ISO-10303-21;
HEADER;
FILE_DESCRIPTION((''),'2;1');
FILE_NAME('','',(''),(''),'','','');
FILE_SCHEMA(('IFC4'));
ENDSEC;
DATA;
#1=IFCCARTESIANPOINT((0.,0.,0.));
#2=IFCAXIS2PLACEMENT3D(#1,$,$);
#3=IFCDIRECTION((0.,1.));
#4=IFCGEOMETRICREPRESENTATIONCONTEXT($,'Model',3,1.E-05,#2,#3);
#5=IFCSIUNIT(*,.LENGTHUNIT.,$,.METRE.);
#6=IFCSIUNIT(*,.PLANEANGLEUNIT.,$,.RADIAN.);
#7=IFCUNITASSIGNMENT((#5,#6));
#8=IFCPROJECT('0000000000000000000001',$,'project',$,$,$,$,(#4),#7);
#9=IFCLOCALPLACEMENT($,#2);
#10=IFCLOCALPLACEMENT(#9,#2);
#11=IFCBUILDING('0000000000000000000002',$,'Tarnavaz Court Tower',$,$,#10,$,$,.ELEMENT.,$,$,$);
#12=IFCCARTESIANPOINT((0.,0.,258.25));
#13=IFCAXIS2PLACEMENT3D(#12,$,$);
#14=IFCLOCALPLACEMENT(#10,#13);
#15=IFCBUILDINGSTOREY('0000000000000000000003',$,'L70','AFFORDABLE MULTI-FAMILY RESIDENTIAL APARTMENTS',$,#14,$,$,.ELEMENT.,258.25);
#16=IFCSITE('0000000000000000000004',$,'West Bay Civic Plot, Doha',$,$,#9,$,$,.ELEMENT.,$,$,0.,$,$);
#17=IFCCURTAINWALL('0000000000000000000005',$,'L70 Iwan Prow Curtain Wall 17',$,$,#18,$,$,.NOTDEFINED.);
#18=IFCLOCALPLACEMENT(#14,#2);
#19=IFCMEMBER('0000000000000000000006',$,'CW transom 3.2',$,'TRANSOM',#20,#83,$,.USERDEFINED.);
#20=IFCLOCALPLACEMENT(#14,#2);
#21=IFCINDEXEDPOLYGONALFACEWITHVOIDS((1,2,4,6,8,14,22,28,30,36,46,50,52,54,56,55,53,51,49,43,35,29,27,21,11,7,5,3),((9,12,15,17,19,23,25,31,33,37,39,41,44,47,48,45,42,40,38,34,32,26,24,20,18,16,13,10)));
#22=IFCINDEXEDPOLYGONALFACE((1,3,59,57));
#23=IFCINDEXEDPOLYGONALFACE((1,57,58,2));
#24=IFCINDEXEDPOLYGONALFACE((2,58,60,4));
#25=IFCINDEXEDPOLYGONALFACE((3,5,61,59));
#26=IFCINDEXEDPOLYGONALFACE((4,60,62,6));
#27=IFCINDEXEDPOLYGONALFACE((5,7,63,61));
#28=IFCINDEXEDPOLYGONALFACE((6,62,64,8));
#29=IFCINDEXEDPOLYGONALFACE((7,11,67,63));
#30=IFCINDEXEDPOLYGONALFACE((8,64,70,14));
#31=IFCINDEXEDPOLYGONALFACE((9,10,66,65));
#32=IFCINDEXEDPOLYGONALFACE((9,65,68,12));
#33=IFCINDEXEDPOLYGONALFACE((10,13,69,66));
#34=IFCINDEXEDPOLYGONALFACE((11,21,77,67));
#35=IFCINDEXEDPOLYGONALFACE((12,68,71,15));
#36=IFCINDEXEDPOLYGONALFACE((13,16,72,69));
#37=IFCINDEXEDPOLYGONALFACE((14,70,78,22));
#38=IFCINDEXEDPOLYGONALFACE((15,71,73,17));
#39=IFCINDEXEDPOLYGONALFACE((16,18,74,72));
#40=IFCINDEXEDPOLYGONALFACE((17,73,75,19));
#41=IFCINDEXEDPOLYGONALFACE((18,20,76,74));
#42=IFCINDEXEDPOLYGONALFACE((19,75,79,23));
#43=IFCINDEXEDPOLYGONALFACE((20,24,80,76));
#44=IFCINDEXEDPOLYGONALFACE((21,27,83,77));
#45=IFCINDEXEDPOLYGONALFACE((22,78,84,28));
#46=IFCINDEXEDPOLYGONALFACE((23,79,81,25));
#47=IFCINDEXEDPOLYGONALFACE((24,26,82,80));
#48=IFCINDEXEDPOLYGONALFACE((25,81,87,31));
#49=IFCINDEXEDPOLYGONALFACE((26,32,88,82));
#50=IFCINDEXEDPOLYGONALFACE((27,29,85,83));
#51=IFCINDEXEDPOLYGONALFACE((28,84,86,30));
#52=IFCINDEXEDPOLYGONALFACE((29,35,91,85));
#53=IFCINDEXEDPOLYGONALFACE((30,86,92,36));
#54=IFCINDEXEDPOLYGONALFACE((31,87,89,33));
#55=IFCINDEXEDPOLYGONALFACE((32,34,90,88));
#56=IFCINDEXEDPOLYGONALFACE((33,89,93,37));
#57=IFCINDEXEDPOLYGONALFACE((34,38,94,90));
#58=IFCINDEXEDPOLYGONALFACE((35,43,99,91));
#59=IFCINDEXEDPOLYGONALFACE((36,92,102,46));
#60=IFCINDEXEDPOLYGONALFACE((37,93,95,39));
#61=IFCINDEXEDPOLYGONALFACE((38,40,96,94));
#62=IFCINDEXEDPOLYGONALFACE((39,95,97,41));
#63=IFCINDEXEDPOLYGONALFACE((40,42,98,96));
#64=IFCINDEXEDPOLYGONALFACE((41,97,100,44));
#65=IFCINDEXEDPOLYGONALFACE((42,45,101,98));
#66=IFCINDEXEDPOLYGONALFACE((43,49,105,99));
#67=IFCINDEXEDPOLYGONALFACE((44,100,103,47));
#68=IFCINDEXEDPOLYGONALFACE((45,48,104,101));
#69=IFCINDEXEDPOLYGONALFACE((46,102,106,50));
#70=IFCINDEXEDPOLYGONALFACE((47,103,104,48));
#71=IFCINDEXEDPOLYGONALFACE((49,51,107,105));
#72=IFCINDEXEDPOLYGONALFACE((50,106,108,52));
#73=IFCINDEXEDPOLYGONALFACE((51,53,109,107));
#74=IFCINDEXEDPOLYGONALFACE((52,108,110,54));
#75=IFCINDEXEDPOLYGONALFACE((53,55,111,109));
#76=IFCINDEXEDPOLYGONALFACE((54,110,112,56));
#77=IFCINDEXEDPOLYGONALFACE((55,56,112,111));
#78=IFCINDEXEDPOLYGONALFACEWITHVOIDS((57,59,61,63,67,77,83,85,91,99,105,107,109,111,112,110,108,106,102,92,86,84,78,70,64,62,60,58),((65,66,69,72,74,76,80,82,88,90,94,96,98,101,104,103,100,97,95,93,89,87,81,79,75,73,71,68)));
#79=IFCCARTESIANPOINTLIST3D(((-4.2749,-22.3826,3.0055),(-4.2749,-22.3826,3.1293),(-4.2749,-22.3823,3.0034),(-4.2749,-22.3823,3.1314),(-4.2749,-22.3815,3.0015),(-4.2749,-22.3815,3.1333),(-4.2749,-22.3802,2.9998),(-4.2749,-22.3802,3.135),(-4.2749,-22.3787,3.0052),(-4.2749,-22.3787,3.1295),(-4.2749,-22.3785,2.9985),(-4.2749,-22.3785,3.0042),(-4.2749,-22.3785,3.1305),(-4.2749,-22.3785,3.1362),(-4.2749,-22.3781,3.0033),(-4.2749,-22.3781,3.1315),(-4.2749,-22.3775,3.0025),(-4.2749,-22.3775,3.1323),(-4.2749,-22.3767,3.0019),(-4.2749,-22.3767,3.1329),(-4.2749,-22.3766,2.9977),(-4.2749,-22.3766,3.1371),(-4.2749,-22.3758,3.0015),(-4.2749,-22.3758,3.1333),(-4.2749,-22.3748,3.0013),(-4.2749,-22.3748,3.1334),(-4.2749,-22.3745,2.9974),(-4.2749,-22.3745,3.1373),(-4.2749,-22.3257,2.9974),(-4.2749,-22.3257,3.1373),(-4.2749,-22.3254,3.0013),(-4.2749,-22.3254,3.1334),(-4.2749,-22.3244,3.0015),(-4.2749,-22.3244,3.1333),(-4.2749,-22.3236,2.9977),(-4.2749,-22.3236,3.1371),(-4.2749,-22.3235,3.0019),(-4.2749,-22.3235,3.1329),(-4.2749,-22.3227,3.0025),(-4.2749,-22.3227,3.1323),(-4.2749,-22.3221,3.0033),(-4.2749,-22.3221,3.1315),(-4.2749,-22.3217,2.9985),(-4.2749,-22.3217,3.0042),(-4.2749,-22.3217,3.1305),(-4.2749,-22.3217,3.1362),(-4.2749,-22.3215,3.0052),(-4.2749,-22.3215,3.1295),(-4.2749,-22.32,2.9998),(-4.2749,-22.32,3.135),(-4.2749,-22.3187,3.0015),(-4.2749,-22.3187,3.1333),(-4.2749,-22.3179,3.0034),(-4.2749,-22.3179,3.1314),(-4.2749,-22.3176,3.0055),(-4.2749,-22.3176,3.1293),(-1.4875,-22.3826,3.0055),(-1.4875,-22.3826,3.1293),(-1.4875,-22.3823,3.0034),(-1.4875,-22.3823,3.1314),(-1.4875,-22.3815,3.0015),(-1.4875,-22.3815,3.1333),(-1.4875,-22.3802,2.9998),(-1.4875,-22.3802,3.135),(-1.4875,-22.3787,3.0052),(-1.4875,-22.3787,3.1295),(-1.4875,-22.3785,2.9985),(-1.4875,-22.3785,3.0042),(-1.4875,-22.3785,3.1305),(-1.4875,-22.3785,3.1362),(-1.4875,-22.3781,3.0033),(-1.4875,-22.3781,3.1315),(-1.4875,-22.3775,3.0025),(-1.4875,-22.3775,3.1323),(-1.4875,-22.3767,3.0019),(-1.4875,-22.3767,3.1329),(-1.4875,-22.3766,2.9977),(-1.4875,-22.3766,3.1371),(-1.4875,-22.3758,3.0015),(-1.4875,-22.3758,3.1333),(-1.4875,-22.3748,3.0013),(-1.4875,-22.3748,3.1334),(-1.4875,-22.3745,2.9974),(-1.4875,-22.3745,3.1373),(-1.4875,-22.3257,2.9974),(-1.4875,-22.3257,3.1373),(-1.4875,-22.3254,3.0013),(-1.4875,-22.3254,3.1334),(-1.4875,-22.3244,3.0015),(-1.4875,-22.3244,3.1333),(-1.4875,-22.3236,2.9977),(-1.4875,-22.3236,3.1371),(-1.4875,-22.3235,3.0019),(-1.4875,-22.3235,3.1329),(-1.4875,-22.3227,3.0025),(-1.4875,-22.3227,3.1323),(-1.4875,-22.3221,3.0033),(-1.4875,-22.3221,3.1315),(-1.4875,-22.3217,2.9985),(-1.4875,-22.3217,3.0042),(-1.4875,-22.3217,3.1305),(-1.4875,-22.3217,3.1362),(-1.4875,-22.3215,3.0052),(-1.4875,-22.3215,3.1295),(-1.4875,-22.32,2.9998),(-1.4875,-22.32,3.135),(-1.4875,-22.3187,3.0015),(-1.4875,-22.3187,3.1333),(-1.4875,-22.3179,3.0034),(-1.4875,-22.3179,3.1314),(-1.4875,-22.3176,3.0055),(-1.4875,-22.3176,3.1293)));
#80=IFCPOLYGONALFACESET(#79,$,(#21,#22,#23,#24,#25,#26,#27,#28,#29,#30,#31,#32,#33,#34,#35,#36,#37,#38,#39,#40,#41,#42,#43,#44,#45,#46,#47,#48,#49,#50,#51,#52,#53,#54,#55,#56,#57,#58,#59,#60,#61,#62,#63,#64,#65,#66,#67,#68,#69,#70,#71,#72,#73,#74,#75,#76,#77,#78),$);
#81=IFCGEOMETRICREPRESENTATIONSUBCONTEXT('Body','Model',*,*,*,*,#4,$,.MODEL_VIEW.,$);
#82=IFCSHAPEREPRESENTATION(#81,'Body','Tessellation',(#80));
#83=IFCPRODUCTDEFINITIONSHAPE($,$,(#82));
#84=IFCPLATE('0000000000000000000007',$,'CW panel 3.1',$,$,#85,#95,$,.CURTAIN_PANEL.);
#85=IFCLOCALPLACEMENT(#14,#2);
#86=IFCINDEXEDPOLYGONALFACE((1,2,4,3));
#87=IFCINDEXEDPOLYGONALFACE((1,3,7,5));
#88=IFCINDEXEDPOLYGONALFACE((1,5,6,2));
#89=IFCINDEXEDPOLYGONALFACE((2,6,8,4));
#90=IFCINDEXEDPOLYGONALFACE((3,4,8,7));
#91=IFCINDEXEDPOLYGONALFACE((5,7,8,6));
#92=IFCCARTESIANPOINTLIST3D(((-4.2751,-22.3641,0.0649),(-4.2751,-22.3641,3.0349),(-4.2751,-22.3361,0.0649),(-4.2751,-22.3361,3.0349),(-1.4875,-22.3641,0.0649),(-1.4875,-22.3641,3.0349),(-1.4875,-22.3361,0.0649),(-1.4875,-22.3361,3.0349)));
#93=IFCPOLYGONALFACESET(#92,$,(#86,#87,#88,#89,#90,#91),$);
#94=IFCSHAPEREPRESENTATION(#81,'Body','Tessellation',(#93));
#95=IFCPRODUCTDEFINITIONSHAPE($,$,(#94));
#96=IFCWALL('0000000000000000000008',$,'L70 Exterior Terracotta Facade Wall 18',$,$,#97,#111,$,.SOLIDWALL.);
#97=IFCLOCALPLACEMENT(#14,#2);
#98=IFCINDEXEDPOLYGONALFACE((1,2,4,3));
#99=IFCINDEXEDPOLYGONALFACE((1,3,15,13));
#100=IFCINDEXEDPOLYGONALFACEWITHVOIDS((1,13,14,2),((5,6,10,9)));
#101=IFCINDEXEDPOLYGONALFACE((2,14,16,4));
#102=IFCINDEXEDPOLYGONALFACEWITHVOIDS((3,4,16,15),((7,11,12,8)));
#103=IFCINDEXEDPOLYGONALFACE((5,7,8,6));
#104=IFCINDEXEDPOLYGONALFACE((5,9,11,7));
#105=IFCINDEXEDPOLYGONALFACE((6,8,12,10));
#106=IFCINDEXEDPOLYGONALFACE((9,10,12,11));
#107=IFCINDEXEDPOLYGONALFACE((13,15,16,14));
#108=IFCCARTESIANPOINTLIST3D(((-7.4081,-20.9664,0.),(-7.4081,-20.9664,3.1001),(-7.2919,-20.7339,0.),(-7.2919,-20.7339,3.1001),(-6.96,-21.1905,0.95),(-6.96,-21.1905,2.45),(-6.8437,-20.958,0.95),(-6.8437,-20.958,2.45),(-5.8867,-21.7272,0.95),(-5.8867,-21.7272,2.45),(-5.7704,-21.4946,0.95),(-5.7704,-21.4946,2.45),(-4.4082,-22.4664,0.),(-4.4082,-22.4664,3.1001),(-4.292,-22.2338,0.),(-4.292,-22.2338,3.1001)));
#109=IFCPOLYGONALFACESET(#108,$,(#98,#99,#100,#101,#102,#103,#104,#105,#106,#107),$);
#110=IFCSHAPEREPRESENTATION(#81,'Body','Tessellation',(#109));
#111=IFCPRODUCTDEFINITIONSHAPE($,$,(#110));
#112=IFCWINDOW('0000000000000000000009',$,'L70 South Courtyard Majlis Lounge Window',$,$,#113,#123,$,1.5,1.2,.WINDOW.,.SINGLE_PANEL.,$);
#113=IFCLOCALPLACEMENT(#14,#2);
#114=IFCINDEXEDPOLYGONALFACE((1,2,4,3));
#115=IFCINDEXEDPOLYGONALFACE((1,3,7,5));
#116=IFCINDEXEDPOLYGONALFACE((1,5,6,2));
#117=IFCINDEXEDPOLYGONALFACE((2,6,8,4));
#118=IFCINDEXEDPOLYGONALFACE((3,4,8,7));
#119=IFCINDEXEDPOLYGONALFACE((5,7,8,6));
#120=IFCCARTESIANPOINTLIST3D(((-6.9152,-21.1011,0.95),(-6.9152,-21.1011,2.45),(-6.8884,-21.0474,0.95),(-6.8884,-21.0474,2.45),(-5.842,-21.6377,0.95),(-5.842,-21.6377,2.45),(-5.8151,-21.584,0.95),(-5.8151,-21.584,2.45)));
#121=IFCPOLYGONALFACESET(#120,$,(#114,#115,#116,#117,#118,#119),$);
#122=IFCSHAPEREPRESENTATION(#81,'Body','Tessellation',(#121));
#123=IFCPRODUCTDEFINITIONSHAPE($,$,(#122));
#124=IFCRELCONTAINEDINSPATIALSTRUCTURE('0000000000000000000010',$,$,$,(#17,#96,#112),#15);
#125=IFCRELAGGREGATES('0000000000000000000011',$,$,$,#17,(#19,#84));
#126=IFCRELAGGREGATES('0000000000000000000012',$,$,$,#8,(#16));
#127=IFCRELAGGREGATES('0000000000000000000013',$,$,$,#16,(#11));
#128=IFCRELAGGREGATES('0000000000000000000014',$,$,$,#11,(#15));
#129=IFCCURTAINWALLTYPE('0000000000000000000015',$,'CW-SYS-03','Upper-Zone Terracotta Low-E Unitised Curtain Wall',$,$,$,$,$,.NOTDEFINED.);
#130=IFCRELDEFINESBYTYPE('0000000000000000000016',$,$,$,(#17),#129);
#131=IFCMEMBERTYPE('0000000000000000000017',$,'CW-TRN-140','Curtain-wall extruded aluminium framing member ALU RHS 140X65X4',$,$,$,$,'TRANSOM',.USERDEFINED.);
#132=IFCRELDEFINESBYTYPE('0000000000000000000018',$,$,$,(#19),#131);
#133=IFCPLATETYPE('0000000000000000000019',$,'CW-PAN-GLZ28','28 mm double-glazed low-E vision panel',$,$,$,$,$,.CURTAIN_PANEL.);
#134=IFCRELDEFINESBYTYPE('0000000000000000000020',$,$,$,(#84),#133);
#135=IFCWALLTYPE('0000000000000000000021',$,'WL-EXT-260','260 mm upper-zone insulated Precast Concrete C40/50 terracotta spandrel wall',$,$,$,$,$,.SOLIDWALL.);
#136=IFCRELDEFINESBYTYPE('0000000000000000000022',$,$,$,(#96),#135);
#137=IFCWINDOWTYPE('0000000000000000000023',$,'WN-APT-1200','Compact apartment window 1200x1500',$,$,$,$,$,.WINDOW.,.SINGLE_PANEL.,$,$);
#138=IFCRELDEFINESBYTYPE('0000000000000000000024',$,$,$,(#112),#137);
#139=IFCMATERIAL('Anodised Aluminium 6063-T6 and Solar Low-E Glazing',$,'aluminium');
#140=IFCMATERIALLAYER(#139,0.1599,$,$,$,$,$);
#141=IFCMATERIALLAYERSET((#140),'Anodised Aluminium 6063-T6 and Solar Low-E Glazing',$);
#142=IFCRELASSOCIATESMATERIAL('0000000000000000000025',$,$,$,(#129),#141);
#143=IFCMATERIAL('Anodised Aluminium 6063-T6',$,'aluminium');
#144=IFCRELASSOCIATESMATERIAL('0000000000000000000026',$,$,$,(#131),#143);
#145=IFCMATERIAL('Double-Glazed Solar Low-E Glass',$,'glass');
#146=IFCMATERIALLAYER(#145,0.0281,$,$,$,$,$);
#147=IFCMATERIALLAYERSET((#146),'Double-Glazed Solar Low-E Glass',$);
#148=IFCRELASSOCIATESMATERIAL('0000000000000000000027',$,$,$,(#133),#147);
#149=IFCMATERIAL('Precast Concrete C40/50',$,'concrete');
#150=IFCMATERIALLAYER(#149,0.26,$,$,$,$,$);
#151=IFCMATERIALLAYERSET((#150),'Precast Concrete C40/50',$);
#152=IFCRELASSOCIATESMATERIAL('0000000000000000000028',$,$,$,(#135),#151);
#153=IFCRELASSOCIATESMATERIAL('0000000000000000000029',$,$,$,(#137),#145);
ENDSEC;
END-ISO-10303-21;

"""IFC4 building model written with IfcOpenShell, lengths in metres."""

from ifc_helpers import new_model, si_unit, direction, frame, frame_2d, origin, origin_2d, place, context, subcontext, project, spatial, rectangle, hollow_rectangle, extrude, material, layer, layer_set, material_profile, profile_set, type_object, element, fill, aggregate, save


model = new_model("IFC4")

# Units and contexts
model_context = context("Model", 3, precision=1e-05, world=origin(), true_north=direction((0.0, 1.0)))
body_context = subcontext(model_context, "Body", "Model", "MODEL_VIEW")
ifc_project = project(units=[si_unit("LENGTHUNIT", "METRE"), si_unit("PLANEANGLEUNIT", "RADIAN")], contexts=[model_context])

# Site, building, storey
site_placement = place(None, origin())
site = spatial("IfcSite", under=ifc_project, at=site_placement, Name="West Bay Civic Plot, Doha", CompositionType="ELEMENT", RefElevation=0.0)
building_placement = place(site_placement, origin())
building = spatial("IfcBuilding", under=site, at=building_placement, Name="Tarnavaz Court Tower", CompositionType="ELEMENT")
storey_placement = place(building_placement, frame((0.0, 0.0, 258.25)))
storey = spatial("IfcBuildingStorey", under=building, at=storey_placement, Name="L70", Description="AFFORDABLE MULTI-FAMILY RESIDENTIAL APARTMENTS", CompositionType="ELEMENT", Elevation=258.25)

# Curtain wall, member, plate
ifc_material_1 = material(Name="Anodised Aluminium 6063-T6 and Solar Low-E Glazing", Category="aluminium")
ifc_layer_1 = layer(ifc_material_1, 0.1599)
ifc_layer_set_1 = layer_set([ifc_layer_1], Name="Anodised Aluminium 6063-T6 and Solar Low-E Glazing")
curtain_wall_type = type_object("IfcCurtainWallType", Name="CW-SYS-03", Description="Upper-Zone Terracotta Low-E Unitised Curtain Wall", PredefinedType="NOTDEFINED", material=ifc_layer_set_1)
curtain_wall_placement = place(storey_placement, origin())
curtain_wall = element("IfcCurtainWall", 1, at=curtain_wall_placement, inside=storey, type_object=curtain_wall_type, Name="L70 Iwan Prow Curtain Wall 17", PredefinedType="NOTDEFINED")
ifc_material_2 = material(Name="Anodised Aluminium 6063-T6", Category="aluminium")
ifc_material_profile_1 = material_profile(ifc_material_2, hollow_rectangle(XDim=0.0649, YDim=0.1399, WallThickness=0.0039, InnerFilletRadius=0.0039, OuterFilletRadius=0.0081, at=origin_2d()), Name="ALU RHS 140X65X4")
ifc_profile_set_1 = profile_set([ifc_material_profile_1], Name="Anodised Aluminium 6063-T6")
member_type_1 = type_object("IfcMemberType", Name="CW-TRN-140", Description="Curtain-wall extruded aluminium framing member ALU RHS 140X65X4", ElementType="TRANSOM", PredefinedType="USERDEFINED", material=ifc_profile_set_1)
member_1_placement = place(storey_placement, frame((-1.4875, -22.3501, 3.0674), z_axis=(-1.0, 0.0, 0.0), x_axis=(0.0, -1.0, 0.0)))
member_1 = element("IfcMember", 2, at=member_1_placement, type_object=member_type_1, Name="CW transom 3.2", ObjectType="TRANSOM", PredefinedType="USERDEFINED", context=body_context, shape_type="SweptSolid", body=[
    extrude(hollow_rectangle(XDim=0.0649, YDim=0.1399, WallThickness=0.0039, InnerFilletRadius=0.0039, OuterFilletRadius=0.0081, at=origin_2d()), origin(), (0.0, 0.0, 1.0), 2.7874),
])
ifc_material_3 = material(Name="Double-Glazed Solar Low-E Glass", Category="glass")
ifc_layer_2 = layer(ifc_material_3, 0.0281)
ifc_layer_set_2 = layer_set([ifc_layer_2], Name="Double-Glazed Solar Low-E Glass")
plate_type = type_object("IfcPlateType", Name="CW-PAN-GLZ28", Description="28 mm double-glazed low-E vision panel", PredefinedType="CURTAIN_PANEL", material=ifc_layer_set_2)
plate_placement = place(storey_placement, frame((-2.8813, -22.3501, 0.0649), z_axis=(0.0, 0.0, 1.0), x_axis=(-1.0, 0.0, 0.0)))
plate = element("IfcPlate", 3, at=plate_placement, type_object=plate_type, Name="CW panel 3.1", PredefinedType="CURTAIN_PANEL", context=body_context, shape_type="SweptSolid", body=[
    extrude(rectangle(XDim=2.7876, YDim=0.0281, at=origin_2d()), origin(), (0.0, 0.0, 1.0), 2.97),
])
aggregate(curtain_wall, [member_1, plate])

# Wall, opening, window
ifc_material_4 = material(Name="Precast Concrete C40/50", Category="concrete")
ifc_layer_3 = layer(ifc_material_4, 0.26)
ifc_layer_set_3 = layer_set([ifc_layer_3], Name="Precast Concrete C40/50")
wall_type_1 = type_object("IfcWallType", Name="WL-EXT-260", Description="260 mm upper-zone insulated Precast Concrete C40/50 terracotta spandrel wall", PredefinedType="SOLIDWALL", material=ifc_layer_set_3)
wall_1_placement = place(storey_placement, frame((-4.3501, -22.3501, 0.0), z_axis=(0.0, 0.0, 1.0), x_axis=(-0.894427, 0.447214, 0.0)))
wall_1 = element("IfcWall", 4, at=wall_1_placement, inside=storey, type_object=wall_type_1, Name="L70 Exterior Terracotta Facade Wall 18", PredefinedType="SOLIDWALL", context=body_context, shape_type="SweptSolid", body=[
    extrude(rectangle(XDim=3.354, YDim=0.26, at=frame_2d((1.677, 0.0))), origin(), (0.0, 0.0, 1.0), 3.1001),
])
opening_1_placement = place(wall_1_placement, frame((1.6528, 0.0, 0.95)))
opening_1 = element("IfcOpeningElement", 5, at=opening_1_placement, cuts=wall_1, PredefinedType="OPENING", context=body_context, shape_type="SweptSolid", body=[
    extrude(rectangle(XDim=1.2, YDim=1.5, at=frame_2d((0.6001, 0.75))), frame((0.0, 0.1399, 0.0), z_axis=(0.0, -1.0, 0.0), x_axis=(1.0, 0.0, 0.0)), (0.0, 0.0, 1.0), 0.28),
])
window_type_1 = type_object("IfcWindowType", Name="WN-APT-1200", Description="Compact apartment window 1200x1500", PartitioningType="SINGLE_PANEL", PredefinedType="WINDOW", material=ifc_material_3)
window_1_placement = place(opening_1_placement, origin())
window_1 = element("IfcWindow", 6, at=window_1_placement, inside=storey, type_object=window_type_1, Name="L70 South Courtyard Majlis Lounge Window", OverallHeight=1.5, OverallWidth=1.2, PartitioningType="SINGLE_PANEL", PredefinedType="WINDOW", context=body_context, shape_type="SweptSolid", body=[
    extrude(rectangle(XDim=1.2, YDim=1.5, at=frame_2d((0.6001, 0.75))), frame((0.0, 0.03, 0.0), z_axis=(0.0, -1.0, 0.0), x_axis=(1.0, 0.0, 0.0)), (0.0, 0.0, 1.0), 0.0601),
])
fill(opening_1, window_1)

save(model, "model.ifc")
